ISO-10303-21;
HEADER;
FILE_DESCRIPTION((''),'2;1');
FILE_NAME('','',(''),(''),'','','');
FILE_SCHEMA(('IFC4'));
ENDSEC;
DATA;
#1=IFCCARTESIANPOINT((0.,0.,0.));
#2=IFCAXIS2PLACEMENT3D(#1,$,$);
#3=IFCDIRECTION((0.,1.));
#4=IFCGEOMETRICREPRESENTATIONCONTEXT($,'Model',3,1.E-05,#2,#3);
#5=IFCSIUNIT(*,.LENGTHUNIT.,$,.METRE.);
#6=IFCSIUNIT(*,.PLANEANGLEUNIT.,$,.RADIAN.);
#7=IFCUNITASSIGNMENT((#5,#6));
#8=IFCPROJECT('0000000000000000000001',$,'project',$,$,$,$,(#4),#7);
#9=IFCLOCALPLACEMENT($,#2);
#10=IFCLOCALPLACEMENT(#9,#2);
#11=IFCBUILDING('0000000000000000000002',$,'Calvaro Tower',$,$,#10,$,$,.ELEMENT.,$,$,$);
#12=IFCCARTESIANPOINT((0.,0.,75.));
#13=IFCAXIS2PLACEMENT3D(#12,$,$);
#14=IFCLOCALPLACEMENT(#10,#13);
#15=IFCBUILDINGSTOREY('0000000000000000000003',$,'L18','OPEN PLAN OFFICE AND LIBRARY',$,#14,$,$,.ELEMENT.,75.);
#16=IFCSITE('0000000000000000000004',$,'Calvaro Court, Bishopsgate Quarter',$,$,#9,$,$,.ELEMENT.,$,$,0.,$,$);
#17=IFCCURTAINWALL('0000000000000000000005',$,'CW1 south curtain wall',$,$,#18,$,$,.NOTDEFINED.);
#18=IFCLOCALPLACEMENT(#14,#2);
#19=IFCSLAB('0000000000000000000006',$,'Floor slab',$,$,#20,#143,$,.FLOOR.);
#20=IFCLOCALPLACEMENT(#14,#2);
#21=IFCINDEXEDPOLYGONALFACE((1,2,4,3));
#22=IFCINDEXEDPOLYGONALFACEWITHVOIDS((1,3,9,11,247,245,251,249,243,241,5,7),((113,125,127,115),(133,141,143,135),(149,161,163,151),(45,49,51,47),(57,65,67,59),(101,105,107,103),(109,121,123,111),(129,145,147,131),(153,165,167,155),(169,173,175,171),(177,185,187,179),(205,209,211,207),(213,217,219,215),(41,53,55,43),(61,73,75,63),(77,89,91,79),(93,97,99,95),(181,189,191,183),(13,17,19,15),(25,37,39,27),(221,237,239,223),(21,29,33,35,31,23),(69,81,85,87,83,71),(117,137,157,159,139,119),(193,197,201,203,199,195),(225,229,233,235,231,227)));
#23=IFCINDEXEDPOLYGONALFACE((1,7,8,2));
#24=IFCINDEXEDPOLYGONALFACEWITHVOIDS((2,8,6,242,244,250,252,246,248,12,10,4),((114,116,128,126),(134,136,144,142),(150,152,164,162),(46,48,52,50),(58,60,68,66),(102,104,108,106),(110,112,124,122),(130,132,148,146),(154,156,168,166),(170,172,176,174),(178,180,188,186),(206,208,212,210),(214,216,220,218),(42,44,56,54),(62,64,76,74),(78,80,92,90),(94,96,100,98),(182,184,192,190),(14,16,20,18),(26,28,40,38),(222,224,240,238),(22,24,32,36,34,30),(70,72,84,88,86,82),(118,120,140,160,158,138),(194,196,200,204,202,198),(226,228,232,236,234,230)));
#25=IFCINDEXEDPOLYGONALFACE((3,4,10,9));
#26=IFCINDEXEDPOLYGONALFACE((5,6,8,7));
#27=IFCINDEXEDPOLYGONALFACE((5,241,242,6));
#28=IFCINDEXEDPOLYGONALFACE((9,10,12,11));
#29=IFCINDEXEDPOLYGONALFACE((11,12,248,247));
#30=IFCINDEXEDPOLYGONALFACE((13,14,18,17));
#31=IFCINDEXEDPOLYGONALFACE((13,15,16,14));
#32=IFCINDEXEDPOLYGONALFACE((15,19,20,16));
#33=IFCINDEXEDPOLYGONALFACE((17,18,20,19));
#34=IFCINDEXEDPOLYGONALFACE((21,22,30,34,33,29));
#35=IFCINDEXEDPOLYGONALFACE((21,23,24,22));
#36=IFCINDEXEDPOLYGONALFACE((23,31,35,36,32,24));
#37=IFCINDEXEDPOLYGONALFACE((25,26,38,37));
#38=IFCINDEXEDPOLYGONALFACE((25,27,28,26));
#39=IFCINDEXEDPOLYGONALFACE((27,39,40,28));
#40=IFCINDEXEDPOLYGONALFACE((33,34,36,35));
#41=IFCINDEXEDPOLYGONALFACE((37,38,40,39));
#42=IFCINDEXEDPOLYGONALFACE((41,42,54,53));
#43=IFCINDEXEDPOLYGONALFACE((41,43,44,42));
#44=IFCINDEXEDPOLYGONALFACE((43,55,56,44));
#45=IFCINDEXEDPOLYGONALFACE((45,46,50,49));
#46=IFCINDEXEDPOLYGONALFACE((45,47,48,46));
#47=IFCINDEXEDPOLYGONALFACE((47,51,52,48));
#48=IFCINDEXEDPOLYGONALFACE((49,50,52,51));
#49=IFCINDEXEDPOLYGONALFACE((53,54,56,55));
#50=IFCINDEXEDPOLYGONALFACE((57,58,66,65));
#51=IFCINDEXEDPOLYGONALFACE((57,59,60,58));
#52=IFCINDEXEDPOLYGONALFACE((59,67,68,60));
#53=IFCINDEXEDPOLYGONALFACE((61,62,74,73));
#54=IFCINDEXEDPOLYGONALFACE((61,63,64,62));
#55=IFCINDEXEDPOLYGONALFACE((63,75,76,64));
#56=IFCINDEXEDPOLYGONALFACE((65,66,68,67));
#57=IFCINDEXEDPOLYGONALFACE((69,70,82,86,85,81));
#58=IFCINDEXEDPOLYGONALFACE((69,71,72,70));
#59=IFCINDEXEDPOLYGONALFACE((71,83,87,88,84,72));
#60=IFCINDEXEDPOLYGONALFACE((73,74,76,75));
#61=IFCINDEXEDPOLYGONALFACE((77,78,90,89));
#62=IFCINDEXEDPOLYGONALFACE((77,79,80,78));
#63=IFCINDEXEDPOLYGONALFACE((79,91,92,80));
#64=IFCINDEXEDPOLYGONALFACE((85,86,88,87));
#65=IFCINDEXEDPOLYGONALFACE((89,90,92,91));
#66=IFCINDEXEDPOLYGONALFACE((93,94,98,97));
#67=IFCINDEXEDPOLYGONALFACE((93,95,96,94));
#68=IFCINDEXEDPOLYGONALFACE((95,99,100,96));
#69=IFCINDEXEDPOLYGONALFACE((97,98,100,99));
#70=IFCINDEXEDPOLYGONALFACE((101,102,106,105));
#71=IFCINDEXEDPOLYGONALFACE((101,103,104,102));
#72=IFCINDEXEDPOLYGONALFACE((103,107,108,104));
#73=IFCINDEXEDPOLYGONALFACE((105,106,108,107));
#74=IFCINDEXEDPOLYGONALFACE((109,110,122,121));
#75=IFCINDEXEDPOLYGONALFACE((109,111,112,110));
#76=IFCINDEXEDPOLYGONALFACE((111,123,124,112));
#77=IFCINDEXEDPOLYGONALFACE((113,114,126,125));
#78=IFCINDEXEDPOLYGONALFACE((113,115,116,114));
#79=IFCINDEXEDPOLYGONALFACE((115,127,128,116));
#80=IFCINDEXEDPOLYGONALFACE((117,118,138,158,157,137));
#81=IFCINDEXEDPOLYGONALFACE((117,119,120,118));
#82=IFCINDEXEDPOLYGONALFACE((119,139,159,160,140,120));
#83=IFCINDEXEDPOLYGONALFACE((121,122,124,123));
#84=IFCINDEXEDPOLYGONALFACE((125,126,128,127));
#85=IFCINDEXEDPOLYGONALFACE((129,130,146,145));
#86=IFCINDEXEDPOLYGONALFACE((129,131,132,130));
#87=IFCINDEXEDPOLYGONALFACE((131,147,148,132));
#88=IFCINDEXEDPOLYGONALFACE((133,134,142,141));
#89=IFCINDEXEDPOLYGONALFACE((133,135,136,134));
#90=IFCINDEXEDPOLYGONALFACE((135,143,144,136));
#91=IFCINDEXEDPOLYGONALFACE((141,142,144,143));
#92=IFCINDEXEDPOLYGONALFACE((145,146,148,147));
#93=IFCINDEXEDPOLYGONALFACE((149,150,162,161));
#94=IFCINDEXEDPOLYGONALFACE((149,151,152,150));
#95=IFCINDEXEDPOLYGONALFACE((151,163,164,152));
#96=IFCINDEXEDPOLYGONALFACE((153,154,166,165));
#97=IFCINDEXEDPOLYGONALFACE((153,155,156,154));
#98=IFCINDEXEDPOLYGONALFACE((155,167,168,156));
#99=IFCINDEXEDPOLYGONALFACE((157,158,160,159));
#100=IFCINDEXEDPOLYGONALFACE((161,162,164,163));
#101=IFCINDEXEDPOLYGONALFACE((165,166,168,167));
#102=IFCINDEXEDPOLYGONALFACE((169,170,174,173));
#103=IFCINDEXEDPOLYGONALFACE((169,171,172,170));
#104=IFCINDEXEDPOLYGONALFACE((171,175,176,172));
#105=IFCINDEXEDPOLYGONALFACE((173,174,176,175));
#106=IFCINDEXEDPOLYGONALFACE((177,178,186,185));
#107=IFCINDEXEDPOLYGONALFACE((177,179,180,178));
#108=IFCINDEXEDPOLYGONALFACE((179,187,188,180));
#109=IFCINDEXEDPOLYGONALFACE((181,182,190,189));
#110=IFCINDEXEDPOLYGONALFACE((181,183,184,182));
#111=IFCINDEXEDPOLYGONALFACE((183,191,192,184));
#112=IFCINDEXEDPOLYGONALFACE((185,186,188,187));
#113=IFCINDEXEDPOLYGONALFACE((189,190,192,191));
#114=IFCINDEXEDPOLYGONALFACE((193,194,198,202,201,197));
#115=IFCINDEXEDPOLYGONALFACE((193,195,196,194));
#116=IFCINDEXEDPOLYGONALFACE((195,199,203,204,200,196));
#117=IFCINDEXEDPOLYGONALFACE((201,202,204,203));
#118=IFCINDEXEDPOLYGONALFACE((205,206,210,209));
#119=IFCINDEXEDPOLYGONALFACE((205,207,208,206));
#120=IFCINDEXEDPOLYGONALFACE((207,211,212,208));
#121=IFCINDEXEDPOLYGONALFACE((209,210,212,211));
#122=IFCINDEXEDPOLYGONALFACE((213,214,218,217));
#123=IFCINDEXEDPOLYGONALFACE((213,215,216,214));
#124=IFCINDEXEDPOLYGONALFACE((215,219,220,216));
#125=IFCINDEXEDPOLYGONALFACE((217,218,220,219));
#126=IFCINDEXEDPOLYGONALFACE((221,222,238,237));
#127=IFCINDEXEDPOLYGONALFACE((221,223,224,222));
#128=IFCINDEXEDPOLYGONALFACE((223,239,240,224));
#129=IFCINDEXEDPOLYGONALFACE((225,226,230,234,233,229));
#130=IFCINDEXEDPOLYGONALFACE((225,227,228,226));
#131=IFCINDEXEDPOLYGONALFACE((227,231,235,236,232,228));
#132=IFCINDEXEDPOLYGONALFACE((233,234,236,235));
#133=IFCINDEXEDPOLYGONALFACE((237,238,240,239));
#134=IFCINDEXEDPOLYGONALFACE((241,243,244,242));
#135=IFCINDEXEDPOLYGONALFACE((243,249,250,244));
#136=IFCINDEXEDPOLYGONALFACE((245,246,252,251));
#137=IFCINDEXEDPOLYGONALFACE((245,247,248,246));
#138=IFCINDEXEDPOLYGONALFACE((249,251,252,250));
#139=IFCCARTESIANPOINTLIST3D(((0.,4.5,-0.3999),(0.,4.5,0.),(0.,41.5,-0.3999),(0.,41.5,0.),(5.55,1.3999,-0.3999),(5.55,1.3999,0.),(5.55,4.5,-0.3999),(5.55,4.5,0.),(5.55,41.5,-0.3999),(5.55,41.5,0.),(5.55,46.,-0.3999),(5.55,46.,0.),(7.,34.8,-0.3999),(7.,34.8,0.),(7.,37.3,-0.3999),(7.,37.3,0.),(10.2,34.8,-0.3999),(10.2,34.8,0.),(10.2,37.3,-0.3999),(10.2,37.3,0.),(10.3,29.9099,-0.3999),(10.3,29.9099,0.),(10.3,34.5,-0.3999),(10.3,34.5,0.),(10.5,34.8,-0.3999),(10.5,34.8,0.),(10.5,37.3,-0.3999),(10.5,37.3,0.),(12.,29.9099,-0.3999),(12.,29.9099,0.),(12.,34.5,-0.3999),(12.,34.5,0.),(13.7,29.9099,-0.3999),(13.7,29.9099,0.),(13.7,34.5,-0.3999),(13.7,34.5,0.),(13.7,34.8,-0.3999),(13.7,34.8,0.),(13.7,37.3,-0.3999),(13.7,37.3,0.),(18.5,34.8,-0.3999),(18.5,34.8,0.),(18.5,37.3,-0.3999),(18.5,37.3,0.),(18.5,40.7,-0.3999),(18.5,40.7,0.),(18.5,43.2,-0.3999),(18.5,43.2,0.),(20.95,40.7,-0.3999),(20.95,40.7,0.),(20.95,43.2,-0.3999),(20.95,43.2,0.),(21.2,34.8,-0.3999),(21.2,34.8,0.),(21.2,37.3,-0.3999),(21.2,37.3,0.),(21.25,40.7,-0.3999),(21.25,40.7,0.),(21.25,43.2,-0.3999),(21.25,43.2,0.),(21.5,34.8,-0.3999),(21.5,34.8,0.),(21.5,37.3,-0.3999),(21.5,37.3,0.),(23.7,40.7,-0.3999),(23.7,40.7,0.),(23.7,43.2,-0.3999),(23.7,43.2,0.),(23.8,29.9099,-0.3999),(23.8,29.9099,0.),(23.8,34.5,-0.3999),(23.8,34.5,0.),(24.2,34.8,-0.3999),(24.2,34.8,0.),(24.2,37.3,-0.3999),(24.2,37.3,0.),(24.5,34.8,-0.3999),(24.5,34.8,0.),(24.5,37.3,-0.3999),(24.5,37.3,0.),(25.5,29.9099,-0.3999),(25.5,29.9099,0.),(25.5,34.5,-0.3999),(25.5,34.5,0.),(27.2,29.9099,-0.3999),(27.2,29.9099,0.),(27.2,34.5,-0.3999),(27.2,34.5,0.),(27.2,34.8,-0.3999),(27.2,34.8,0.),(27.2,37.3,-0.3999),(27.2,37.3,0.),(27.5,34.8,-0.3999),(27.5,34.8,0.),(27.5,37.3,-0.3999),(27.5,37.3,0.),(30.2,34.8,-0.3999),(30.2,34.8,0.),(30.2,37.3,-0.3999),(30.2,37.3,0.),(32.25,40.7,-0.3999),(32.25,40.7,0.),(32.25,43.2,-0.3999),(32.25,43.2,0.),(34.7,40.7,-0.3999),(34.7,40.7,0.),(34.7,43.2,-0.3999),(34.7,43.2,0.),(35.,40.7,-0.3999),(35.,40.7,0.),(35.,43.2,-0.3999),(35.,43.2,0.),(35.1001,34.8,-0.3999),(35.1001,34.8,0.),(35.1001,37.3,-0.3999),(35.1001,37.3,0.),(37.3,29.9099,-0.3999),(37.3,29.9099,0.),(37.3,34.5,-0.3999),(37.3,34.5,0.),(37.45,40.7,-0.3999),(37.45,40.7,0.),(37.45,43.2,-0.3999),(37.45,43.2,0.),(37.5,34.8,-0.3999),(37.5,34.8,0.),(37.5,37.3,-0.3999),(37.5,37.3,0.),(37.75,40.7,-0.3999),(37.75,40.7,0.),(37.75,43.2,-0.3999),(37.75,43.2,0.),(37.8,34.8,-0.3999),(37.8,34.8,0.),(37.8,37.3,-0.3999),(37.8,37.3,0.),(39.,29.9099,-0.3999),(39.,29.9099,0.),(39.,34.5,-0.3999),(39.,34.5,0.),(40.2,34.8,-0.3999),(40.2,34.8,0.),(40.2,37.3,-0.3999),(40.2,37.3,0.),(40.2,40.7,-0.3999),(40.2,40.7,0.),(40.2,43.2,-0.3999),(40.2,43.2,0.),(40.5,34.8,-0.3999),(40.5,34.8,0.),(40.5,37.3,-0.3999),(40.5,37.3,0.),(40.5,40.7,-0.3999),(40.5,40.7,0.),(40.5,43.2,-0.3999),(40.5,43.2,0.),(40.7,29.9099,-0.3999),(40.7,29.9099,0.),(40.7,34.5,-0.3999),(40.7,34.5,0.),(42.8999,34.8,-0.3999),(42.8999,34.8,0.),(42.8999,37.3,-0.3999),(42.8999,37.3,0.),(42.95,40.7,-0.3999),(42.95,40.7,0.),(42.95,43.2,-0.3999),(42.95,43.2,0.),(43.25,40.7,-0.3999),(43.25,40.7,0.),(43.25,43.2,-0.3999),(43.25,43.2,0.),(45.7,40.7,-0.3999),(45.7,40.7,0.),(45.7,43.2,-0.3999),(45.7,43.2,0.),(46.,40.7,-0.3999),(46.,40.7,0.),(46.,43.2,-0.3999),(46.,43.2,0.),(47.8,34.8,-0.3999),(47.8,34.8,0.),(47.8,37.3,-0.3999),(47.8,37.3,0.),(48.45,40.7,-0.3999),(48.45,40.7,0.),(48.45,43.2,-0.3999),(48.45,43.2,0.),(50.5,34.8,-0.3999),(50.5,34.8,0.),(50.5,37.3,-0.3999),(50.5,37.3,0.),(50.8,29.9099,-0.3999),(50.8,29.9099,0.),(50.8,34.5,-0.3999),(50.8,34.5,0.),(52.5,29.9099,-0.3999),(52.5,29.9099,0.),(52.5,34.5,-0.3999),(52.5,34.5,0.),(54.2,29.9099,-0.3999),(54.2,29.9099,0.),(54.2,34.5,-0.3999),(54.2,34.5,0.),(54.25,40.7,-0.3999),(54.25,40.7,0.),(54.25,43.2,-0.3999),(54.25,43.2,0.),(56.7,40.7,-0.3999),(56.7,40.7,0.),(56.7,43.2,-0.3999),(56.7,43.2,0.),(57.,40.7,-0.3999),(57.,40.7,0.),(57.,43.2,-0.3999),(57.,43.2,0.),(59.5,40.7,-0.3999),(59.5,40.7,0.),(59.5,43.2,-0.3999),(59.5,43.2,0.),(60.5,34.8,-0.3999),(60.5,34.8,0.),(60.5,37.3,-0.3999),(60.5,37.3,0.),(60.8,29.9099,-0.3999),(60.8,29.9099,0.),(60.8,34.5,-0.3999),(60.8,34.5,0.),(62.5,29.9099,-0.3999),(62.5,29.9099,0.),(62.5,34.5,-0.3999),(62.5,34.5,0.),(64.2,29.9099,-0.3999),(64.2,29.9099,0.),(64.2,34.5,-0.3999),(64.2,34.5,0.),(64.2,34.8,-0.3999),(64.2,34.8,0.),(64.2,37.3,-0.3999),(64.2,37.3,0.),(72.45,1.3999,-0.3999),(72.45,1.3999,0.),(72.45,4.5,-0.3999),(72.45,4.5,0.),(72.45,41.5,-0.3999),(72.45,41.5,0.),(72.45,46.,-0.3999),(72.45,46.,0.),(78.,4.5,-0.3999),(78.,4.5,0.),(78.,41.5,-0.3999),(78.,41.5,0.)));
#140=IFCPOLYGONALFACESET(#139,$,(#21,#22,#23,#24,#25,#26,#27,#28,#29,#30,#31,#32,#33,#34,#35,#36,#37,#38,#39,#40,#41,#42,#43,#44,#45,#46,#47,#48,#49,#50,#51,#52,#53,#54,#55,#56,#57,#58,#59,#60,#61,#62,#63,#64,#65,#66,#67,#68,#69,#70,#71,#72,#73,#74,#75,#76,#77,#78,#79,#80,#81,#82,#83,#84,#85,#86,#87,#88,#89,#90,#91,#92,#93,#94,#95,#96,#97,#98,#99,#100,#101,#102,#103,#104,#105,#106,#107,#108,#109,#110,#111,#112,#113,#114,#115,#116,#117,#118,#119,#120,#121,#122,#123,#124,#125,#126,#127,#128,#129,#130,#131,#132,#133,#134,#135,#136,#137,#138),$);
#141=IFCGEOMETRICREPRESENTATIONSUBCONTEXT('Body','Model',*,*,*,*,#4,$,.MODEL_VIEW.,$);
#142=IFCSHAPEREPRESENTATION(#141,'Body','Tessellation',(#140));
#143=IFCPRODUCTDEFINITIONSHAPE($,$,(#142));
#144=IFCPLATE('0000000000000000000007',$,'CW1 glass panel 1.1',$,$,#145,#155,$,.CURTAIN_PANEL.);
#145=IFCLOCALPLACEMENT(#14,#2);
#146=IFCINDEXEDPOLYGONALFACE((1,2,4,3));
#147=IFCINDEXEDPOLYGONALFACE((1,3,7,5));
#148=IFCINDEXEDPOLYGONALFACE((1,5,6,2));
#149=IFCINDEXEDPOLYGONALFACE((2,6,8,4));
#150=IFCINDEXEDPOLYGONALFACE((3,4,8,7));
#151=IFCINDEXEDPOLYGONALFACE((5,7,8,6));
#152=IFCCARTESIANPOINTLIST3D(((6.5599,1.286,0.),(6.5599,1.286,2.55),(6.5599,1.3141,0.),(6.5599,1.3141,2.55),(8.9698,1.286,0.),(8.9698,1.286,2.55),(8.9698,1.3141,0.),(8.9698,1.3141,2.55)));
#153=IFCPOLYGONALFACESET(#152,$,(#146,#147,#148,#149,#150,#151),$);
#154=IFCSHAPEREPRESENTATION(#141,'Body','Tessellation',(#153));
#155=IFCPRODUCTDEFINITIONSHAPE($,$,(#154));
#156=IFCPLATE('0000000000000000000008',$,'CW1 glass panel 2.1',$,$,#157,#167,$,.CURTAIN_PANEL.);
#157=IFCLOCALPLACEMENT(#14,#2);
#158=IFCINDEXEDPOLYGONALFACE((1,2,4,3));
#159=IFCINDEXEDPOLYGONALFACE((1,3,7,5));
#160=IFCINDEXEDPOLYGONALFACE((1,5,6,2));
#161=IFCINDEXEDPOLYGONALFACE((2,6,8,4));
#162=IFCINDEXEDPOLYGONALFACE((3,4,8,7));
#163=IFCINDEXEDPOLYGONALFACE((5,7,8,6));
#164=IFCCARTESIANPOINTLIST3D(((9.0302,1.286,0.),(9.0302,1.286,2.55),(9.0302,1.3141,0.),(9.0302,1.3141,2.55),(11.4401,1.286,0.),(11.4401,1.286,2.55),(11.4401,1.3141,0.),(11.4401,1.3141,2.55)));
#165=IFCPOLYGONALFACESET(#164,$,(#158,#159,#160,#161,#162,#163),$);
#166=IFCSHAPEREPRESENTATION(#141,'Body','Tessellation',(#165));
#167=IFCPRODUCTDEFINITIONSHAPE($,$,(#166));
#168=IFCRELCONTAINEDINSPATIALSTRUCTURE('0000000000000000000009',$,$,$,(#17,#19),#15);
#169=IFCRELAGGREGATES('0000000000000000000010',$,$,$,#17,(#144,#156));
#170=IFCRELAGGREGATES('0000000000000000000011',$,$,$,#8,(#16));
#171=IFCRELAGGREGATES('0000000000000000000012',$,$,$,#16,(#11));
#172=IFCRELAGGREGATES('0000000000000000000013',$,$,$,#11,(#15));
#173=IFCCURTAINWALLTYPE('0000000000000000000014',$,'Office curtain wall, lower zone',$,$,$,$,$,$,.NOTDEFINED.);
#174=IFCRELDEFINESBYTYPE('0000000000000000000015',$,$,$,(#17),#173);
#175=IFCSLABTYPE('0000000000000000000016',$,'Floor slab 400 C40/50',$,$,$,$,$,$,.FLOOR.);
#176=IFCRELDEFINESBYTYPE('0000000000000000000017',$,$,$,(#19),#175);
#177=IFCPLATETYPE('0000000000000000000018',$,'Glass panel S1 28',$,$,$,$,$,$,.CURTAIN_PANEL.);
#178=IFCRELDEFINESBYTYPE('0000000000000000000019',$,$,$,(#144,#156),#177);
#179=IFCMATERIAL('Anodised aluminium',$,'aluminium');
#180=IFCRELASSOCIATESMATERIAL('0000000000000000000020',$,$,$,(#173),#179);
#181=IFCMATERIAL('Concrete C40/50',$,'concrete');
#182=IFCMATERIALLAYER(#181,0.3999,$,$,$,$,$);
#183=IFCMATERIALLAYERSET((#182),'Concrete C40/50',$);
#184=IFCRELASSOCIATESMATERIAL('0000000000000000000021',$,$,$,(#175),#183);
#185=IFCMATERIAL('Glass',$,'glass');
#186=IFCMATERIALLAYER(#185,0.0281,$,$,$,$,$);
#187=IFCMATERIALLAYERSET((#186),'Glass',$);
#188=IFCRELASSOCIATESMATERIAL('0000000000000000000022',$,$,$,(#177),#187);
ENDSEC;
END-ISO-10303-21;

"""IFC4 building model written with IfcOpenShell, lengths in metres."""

from ifc_helpers import new_model, si_unit, direction, frame, origin, origin_2d, place, context, subcontext, project, spatial, polyline, rectangle, outline, extrude, material, layer, layer_set, type_object, element, aggregate, save


model = new_model("IFC4")

# Units and contexts
model_context = context("Model", 3, precision=1e-05, world=origin(), true_north=direction((0.0, 1.0)))
body_context = subcontext(model_context, "Body", "Model", "MODEL_VIEW")
ifc_project = project(units=[si_unit("LENGTHUNIT", "METRE"), si_unit("PLANEANGLEUNIT", "RADIAN")], contexts=[model_context])

# Site, building, storey
site_placement = place(None, origin())
site = spatial("IfcSite", under=ifc_project, at=site_placement, Name="Calvaro Court, Bishopsgate Quarter", CompositionType="ELEMENT", RefElevation=0.0)
building_placement = place(site_placement, origin())
building = spatial("IfcBuilding", under=site, at=building_placement, Name="Calvaro Tower", CompositionType="ELEMENT")
storey_placement = place(building_placement, frame((0.0, 0.0, 75.0)))
storey = spatial("IfcBuildingStorey", under=building, at=storey_placement, Name="L18", Description="OPEN PLAN OFFICE AND LIBRARY", CompositionType="ELEMENT", Elevation=75.0)

# Curtain wall
ifc_material_1 = material(Name="Anodised aluminium", Category="aluminium")
curtain_wall_type = type_object("IfcCurtainWallType", Name="Office curtain wall, lower zone", PredefinedType="NOTDEFINED", material=ifc_material_1)
curtain_wall_1_placement = place(storey_placement, origin())
curtain_wall_1 = element("IfcCurtainWall", 1, at=curtain_wall_1_placement, inside=storey, type_object=curtain_wall_type, Name="CW1 south curtain wall", PredefinedType="NOTDEFINED")

# Slab
ifc_material_2 = material(Name="Concrete C40/50", Category="concrete")
ifc_layer_1 = layer(ifc_material_2, 0.3999)
ifc_layer_set_1 = layer_set([ifc_layer_1], Name="Concrete C40/50")
slab_type_1 = type_object("IfcSlabType", Name="Floor slab 400 C40/50", PredefinedType="FLOOR", material=ifc_layer_set_1)
slab_1_placement = place(storey_placement, frame((0.0, 0.0, -0.3999)))
element("IfcSlab", 2, at=slab_1_placement, inside=storey, type_object=slab_type_1, Name="Floor slab", PredefinedType="FLOOR", context=body_context, shape_type="SweptSolid", body=[
    extrude(outline(polyline([(72.45, 4.5), (72.45, 1.3999), (5.55, 1.3999), (5.55, 4.5), (0.0, 4.5), (0.0, 41.5), (5.55, 41.5), (5.55, 46.0), (72.45, 46.0), (72.45, 41.5), (78.0, 41.5), (78.0, 4.5), (72.45, 4.5)]), holes=[polyline([(10.3, 29.9099), (10.3, 34.5), (12.0, 34.5), (13.7, 34.5), (13.7, 29.9099), (12.0, 29.9099), (10.3, 29.9099)]), polyline([(23.8, 29.9099), (23.8, 34.5), (25.5, 34.5), (27.2, 34.5), (27.2, 29.9099), (25.5, 29.9099), (23.8, 29.9099)]), polyline([(37.3, 29.9099), (37.3, 34.5), (39.0, 34.5), (40.7, 34.5), (40.7, 29.9099), (39.0, 29.9099), (37.3, 29.9099)]), polyline([(50.8, 29.9099), (50.8, 34.5), (52.5, 34.5), (54.2, 34.5), (54.2, 29.9099), (52.5, 29.9099), (50.8, 29.9099)]), polyline([(60.8, 29.9099), (60.8, 34.5), (62.5, 34.5), (64.2, 34.5), (64.2, 29.9099), (62.5, 29.9099), (60.8, 29.9099)]), polyline([(18.5, 34.8), (21.2, 34.8), (21.2, 37.3), (18.5, 37.3), (18.5, 34.8)]), polyline([(21.5, 34.8), (24.2, 34.8), (24.2, 37.3), (21.5, 37.3), (21.5, 34.8)]), polyline([(24.5, 34.8), (27.2, 34.8), (27.2, 37.3), (24.5, 37.3), (24.5, 34.8)]), polyline([(35.1001, 34.8), (37.5, 34.8), (37.5, 37.3), (35.1001, 37.3), (35.1001, 34.8)]), polyline([(37.8, 34.8), (40.2, 34.8), (40.2, 37.3), (37.8, 37.3), (37.8, 34.8)]), polyline([(40.5, 34.8), (42.8999, 34.8), (42.8999, 37.3), (40.5, 37.3), (40.5, 34.8)]), polyline([(18.5, 40.7), (20.95, 40.7), (20.95, 43.2), (18.5, 43.2), (18.5, 40.7)]), polyline([(21.25, 40.7), (23.7, 40.7), (23.7, 43.2), (21.25, 43.2), (21.25, 40.7)]), polyline([(32.25, 40.7), (34.7, 40.7), (34.7, 43.2), (32.25, 43.2), (32.25, 40.7)]), polyline([(35.0, 40.7), (37.45, 40.7), (37.45, 43.2), (35.0, 43.2), (35.0, 40.7)]), polyline([(37.75, 40.7), (40.2, 40.7), (40.2, 43.2), (37.75, 43.2), (37.75, 40.7)]), polyline([(40.5, 40.7), (42.95, 40.7), (42.95, 43.2), (40.5, 43.2), (40.5, 40.7)]), polyline([(43.25, 40.7), (45.7, 40.7), (45.7, 43.2), (43.25, 43.2), (43.25, 40.7)]), polyline([(46.0, 40.7), (48.45, 40.7), (48.45, 43.2), (46.0, 43.2), (46.0, 40.7)]), polyline([(54.25, 40.7), (56.7, 40.7), (56.7, 43.2), (54.25, 43.2), (54.25, 40.7)]), polyline([(57.0, 40.7), (59.5, 40.7), (59.5, 43.2), (57.0, 43.2), (57.0, 40.7)]), polyline([(7.0, 34.8), (10.2, 34.8), (10.2, 37.3), (7.0, 37.3), (7.0, 34.8)]), polyline([(10.5, 34.8), (13.7, 34.8), (13.7, 37.3), (10.5, 37.3), (10.5, 34.8)]), polyline([(60.5, 34.8), (64.2, 34.8), (64.2, 37.3), (60.5, 37.3), (60.5, 34.8)]), polyline([(27.5, 34.8), (30.2, 34.8), (30.2, 37.3), (27.5, 37.3), (27.5, 34.8)]), polyline([(47.8, 34.8), (50.5, 34.8), (50.5, 37.3), (47.8, 37.3), (47.8, 34.8)])]), origin(), (0.0, 0.0, 1.0), 0.3999),
])

# Plates
ifc_material_3 = material(Name="Glass", Category="glass")
ifc_layer_2 = layer(ifc_material_3, 0.0281)
ifc_layer_set_2 = layer_set([ifc_layer_2], Name="Glass")
plate_type = type_object("IfcPlateType", Name="Glass panel S1 28", PredefinedType="CURTAIN_PANEL", material=ifc_layer_set_2)
plate_1_placement = place(storey_placement, frame((7.7649, 1.3, 0.0), z_axis=(0.0, 0.0, 1.0), x_axis=(1.0, 0.0, 0.0)))
plate_1 = element("IfcPlate", 3, at=plate_1_placement, type_object=plate_type, Name="CW1 glass panel 1.1", PredefinedType="CURTAIN_PANEL", context=body_context, shape_type="SweptSolid", body=[
    extrude(rectangle(XDim=2.4099, YDim=0.0281, at=origin_2d()), origin(), (0.0, 0.0, 1.0), 2.55),
])
plate_2_placement = place(storey_placement, frame((10.2351, 1.3, 0.0), z_axis=(0.0, 0.0, 1.0), x_axis=(1.0, 0.0, 0.0)))
plate_2 = element("IfcPlate", 4, at=plate_2_placement, type_object=plate_type, Name="CW1 glass panel 2.1", PredefinedType="CURTAIN_PANEL", context=body_context, shape_type="SweptSolid", body=[
    extrude(rectangle(XDim=2.4099, YDim=0.0281, at=origin_2d()), origin(), (0.0, 0.0, 1.0), 2.55),
])
aggregate(curtain_wall_1, [plate_1, plate_2])

save(model, "model.ifc")
